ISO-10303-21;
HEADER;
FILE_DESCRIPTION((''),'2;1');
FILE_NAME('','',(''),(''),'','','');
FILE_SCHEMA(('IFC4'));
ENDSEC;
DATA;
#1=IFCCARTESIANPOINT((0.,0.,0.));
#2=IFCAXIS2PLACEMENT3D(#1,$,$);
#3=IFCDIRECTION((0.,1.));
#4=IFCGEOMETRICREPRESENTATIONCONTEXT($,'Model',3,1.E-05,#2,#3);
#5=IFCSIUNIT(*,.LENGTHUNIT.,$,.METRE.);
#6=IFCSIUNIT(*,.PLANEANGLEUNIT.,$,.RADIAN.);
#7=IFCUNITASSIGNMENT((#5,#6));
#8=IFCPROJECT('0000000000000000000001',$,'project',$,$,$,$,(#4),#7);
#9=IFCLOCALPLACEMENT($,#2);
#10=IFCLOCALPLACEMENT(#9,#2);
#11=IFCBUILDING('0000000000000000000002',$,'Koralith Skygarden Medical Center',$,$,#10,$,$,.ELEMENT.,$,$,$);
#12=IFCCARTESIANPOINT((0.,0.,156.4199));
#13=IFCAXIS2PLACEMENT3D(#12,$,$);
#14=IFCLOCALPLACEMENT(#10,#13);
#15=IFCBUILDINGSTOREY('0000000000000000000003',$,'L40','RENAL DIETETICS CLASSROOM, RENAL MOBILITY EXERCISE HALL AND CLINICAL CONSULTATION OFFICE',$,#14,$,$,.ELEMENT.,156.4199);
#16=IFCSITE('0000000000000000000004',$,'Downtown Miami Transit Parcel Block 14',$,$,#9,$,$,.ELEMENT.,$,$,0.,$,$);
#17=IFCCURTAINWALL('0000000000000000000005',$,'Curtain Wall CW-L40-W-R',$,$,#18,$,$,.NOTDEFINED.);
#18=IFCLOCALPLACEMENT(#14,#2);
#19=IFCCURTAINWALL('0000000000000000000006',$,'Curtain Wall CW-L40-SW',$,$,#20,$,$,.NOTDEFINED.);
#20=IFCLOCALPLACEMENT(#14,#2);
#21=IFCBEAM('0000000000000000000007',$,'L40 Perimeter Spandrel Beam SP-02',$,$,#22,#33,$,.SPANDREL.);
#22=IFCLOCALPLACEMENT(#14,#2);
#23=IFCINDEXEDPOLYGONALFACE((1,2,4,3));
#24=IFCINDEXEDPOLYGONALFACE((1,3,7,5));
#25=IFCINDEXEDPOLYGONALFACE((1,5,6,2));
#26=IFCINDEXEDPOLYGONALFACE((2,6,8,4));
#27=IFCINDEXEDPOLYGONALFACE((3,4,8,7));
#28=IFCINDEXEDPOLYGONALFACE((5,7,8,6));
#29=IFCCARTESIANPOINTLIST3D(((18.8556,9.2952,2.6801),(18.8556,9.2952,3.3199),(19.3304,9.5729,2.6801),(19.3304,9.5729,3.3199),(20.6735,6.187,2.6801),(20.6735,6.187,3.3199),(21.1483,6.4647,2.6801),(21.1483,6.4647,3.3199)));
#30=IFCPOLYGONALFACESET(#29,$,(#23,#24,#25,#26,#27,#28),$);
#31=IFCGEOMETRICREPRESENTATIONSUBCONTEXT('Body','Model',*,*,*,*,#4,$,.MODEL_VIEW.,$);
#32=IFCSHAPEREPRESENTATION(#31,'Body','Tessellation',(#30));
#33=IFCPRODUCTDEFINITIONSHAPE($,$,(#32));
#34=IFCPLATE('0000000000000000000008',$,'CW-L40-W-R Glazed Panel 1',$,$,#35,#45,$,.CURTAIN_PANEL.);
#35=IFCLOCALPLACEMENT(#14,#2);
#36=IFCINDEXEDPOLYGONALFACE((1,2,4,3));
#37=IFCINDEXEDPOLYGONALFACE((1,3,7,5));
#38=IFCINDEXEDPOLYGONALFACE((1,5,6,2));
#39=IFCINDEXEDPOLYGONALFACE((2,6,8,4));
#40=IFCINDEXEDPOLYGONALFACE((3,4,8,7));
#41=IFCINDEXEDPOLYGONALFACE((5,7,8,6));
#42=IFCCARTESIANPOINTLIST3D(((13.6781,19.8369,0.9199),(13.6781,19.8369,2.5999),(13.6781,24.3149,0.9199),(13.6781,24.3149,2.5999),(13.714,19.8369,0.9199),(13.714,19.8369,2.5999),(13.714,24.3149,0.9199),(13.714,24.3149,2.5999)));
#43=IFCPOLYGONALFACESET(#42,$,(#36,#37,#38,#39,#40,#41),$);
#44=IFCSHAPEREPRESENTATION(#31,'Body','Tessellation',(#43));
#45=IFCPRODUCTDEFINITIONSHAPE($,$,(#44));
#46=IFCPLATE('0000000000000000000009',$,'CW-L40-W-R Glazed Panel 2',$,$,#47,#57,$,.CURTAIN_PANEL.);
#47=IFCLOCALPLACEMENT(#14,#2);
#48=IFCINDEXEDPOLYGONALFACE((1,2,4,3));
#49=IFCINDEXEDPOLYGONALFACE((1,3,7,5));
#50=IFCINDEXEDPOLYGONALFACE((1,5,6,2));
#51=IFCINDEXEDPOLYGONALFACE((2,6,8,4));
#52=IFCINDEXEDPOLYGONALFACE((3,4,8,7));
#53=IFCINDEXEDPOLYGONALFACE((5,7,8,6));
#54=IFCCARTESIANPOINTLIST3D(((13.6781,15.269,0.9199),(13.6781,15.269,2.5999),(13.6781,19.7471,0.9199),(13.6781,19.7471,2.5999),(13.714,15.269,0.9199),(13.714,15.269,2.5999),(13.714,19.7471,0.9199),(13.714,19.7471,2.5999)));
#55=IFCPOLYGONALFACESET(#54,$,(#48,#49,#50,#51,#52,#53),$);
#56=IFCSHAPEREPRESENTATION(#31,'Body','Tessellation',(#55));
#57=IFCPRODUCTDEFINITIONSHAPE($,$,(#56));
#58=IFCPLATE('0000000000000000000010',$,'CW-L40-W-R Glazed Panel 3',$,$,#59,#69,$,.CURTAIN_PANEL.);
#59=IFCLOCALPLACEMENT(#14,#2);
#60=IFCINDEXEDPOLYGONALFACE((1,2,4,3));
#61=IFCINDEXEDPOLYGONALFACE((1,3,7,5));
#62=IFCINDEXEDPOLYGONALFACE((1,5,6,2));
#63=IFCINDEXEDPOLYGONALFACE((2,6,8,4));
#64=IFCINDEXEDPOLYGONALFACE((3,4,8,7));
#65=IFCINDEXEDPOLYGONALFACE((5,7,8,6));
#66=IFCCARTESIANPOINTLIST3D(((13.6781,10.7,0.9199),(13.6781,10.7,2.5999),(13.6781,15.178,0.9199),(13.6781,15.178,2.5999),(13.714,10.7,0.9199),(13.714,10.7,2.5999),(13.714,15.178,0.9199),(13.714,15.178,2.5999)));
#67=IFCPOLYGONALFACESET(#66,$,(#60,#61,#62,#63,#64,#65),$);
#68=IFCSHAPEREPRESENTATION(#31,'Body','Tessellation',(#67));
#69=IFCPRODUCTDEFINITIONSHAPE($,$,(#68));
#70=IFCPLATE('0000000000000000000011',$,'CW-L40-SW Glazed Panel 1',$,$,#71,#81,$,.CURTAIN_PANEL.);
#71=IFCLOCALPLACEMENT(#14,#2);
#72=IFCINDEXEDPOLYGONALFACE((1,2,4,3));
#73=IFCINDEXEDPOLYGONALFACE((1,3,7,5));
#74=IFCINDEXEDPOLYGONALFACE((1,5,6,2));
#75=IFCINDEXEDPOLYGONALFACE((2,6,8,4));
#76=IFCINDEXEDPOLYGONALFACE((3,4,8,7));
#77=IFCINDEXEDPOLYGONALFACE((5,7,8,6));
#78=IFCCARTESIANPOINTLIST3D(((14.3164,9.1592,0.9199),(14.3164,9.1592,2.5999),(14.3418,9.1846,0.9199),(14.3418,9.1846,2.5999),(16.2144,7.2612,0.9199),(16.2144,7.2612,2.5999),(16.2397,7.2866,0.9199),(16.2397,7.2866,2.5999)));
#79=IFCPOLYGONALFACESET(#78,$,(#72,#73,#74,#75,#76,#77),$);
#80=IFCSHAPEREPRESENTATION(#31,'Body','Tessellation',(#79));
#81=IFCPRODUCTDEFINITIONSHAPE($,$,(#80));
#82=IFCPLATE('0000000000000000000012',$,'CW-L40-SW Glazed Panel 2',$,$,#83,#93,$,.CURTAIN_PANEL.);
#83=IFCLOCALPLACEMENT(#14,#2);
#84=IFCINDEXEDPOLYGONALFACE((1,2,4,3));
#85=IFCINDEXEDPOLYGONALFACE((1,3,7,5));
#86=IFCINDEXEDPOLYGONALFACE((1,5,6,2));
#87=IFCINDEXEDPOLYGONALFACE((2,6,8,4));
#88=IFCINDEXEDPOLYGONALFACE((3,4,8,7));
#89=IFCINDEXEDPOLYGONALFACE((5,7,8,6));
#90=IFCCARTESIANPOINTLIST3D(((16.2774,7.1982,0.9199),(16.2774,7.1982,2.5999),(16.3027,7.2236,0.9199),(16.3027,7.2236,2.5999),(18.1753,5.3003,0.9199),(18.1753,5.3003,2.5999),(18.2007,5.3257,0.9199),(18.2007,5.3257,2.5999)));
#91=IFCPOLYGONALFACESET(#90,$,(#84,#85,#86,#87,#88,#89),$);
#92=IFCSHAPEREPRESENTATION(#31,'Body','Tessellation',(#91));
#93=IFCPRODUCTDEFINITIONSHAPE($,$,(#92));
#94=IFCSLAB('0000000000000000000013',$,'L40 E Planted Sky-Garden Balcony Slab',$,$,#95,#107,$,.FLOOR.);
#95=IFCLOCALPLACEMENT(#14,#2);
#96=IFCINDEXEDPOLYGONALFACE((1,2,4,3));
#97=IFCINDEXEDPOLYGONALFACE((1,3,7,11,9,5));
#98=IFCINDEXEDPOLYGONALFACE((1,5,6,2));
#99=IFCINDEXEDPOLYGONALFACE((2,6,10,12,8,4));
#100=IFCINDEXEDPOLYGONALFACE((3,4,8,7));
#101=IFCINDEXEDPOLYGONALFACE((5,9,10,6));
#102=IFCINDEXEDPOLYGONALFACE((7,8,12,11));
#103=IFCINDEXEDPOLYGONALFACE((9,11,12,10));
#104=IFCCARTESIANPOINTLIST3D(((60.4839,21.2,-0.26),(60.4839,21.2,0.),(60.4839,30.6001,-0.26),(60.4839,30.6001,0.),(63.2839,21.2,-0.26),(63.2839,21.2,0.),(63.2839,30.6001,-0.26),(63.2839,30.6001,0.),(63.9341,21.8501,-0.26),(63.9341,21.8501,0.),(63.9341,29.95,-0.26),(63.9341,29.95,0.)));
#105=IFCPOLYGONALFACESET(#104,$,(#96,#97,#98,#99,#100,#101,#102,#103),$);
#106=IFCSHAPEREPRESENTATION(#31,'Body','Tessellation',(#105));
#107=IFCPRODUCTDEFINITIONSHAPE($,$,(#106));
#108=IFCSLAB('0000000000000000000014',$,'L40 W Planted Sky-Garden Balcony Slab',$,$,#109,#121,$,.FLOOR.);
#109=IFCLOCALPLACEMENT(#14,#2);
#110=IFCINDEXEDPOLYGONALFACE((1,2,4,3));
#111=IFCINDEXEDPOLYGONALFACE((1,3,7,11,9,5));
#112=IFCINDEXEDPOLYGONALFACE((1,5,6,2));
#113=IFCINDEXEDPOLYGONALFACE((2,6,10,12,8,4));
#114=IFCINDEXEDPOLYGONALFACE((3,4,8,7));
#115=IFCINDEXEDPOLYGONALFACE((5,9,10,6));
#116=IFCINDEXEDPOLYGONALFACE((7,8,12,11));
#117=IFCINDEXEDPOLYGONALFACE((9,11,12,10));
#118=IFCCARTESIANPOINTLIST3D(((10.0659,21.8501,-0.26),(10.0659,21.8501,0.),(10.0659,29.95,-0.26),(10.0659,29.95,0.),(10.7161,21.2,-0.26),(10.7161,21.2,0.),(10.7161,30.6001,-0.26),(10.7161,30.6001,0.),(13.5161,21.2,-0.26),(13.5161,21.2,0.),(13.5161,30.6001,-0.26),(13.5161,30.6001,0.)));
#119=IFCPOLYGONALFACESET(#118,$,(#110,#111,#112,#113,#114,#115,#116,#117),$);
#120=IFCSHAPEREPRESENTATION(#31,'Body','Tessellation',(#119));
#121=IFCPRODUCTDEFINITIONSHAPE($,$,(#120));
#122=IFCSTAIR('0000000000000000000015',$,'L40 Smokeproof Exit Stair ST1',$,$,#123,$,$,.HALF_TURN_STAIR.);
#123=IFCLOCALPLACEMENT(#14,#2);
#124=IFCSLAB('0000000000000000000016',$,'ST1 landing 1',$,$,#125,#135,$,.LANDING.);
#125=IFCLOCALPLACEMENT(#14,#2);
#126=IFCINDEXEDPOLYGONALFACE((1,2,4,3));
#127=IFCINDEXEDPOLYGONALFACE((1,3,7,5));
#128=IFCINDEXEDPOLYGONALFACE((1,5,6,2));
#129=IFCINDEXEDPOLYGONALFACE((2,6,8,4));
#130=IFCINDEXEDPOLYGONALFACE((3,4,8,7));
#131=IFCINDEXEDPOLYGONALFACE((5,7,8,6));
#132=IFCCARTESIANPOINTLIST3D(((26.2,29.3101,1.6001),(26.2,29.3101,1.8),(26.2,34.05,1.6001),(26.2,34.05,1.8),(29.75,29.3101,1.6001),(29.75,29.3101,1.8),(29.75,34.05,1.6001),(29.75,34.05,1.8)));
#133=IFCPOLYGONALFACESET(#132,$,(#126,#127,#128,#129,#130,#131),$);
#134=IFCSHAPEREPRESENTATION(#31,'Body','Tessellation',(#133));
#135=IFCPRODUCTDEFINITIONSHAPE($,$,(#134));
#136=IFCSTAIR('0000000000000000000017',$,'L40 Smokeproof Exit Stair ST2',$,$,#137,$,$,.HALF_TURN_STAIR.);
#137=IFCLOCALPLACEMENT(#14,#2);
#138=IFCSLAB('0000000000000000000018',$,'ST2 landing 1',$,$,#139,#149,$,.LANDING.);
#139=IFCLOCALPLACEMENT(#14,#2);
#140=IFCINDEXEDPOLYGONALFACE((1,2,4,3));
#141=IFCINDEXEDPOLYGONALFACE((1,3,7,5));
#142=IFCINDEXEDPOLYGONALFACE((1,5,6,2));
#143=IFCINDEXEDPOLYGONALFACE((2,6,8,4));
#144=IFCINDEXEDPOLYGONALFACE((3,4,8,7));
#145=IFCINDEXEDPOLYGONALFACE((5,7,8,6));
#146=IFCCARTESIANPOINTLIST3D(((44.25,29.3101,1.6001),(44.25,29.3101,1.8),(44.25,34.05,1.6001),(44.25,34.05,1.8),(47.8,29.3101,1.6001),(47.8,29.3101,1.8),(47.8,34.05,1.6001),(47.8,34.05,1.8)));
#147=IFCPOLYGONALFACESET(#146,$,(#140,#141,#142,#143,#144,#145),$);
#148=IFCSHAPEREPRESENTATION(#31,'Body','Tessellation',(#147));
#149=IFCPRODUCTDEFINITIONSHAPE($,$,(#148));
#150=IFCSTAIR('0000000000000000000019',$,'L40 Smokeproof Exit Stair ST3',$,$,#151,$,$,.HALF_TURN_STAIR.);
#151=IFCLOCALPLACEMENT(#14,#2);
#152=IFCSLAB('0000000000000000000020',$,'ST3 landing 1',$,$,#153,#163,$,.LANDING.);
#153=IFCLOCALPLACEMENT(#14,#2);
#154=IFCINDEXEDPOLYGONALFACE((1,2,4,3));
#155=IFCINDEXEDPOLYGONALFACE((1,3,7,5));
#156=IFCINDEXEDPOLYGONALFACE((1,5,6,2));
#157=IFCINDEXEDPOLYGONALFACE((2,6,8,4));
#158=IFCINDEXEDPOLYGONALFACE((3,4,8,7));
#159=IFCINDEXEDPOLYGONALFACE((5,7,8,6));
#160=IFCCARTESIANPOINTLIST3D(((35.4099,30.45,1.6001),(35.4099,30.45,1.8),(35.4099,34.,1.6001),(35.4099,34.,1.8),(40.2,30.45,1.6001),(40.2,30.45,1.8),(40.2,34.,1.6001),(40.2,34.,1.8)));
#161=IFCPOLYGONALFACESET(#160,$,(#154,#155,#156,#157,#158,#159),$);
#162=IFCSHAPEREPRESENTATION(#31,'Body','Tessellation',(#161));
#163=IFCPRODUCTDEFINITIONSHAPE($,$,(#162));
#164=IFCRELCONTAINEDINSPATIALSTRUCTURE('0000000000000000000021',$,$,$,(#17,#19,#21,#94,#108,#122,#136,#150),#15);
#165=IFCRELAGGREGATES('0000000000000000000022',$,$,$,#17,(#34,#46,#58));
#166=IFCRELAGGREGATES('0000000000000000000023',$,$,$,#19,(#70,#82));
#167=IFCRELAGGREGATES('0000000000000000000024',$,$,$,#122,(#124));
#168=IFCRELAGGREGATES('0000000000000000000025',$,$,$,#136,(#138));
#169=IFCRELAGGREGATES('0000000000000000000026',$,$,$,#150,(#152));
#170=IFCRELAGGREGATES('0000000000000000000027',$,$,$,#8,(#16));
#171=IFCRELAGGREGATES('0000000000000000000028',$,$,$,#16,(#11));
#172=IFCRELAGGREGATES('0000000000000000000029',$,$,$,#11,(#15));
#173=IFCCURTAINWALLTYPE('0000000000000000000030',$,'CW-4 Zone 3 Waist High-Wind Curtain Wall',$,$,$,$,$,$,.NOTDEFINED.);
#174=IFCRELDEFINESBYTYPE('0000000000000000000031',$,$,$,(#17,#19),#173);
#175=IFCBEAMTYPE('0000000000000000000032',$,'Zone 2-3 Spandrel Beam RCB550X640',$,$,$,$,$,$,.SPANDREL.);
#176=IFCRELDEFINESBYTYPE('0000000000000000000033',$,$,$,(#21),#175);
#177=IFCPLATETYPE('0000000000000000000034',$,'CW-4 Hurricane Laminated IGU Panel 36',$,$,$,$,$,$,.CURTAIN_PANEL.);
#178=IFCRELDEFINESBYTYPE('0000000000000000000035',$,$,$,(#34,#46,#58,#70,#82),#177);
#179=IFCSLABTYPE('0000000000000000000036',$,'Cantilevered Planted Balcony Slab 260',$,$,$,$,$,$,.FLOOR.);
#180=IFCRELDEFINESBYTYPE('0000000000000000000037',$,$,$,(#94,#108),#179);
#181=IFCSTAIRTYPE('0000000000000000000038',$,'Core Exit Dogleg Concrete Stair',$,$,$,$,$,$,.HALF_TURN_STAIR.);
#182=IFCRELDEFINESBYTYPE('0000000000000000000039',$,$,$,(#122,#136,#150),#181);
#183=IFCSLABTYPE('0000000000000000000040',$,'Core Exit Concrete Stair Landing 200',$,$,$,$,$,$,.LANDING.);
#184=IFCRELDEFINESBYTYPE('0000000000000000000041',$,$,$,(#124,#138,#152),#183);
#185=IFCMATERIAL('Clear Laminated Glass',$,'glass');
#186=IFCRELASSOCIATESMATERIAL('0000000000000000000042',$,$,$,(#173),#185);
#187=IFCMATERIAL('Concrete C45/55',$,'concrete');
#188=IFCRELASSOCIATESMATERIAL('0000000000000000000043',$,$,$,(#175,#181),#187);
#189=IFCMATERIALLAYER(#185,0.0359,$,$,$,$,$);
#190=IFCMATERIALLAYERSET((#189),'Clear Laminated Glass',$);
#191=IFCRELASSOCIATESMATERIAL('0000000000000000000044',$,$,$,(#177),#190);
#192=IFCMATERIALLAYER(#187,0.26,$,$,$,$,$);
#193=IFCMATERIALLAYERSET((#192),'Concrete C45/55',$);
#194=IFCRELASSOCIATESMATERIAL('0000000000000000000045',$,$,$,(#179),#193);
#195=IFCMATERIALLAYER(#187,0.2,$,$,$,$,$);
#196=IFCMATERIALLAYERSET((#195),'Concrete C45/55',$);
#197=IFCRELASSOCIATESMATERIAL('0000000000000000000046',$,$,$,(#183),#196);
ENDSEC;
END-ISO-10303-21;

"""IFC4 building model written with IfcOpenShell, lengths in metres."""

from ifc_helpers import new_model, si_unit, direction, frame, origin, origin_2d, place, context, subcontext, project, spatial, polyline, rectangle, outline, extrude, material, layer, layer_set, material_profile, profile_set, type_object, element, aggregate, save


model = new_model("IFC4")

# Units and contexts
model_context = context("Model", 3, precision=1e-05, world=origin(), true_north=direction((0.0, 1.0)))
body_context = subcontext(model_context, "Body", "Model", "MODEL_VIEW")
ifc_project = project(units=[si_unit("LENGTHUNIT", "METRE"), si_unit("PLANEANGLEUNIT", "RADIAN")], contexts=[model_context])

# Site, building, storey
site_placement = place(None, origin())
site = spatial("IfcSite", under=ifc_project, at=site_placement, Name="Downtown Miami Transit Parcel Block 14", CompositionType="ELEMENT", RefElevation=0.0)
building_placement = place(site_placement, origin())
building = spatial("IfcBuilding", under=site, at=building_placement, Name="Koralith Skygarden Medical Center", CompositionType="ELEMENT")
storey_placement = place(building_placement, frame((0.0, 0.0, 156.4199)))
storey = spatial("IfcBuildingStorey", under=building, at=storey_placement, Name="L40", Description="RENAL DIETETICS CLASSROOM, RENAL MOBILITY EXERCISE HALL AND CLINICAL CONSULTATION OFFICE", CompositionType="ELEMENT", Elevation=156.4199)

# Curtain walls
ifc_material_1 = material(Name="Clear Laminated Glass", Category="glass")
curtain_wall_type = type_object("IfcCurtainWallType", Name="CW-4 Zone 3 Waist High-Wind Curtain Wall", PredefinedType="NOTDEFINED", material=ifc_material_1)
curtain_wall_1_placement = place(storey_placement, origin())
curtain_wall_1 = element("IfcCurtainWall", 1, at=curtain_wall_1_placement, inside=storey, type_object=curtain_wall_type, Name="Curtain Wall CW-L40-W-R", PredefinedType="NOTDEFINED")
curtain_wall_2_placement = place(storey_placement, origin())
curtain_wall_2 = element("IfcCurtainWall", 2, at=curtain_wall_2_placement, inside=storey, type_object=curtain_wall_type, Name="Curtain Wall CW-L40-SW", PredefinedType="NOTDEFINED")

# Beam
ifc_material_2 = material(Name="Concrete C45/55", Category="concrete")
ifc_material_profile_1 = material_profile(ifc_material_2, rectangle(XDim=0.55, YDim=0.6399, at=origin_2d()), Name="RCB550X640")
ifc_profile_set_1 = profile_set([ifc_material_profile_1], Name="Concrete C45/55")
beam_type = type_object("IfcBeamType", Name="Zone 2-3 Spandrel Beam RCB550X640", PredefinedType="SPANDREL", material=ifc_profile_set_1)
beam_1_placement = place(storey_placement, frame((19.093, 9.4341, 3.0), z_axis=(0.504861, -0.8632, 0.0), x_axis=(0.8632, 0.504861, 0.0)))
element("IfcBeam", 3, at=beam_1_placement, inside=storey, type_object=beam_type, Name="L40 Perimeter Spandrel Beam SP-02", PredefinedType="SPANDREL", context=body_context, shape_type="SweptSolid", body=[
    extrude(rectangle(XDim=0.55, YDim=0.6399, at=origin_2d()), origin(), (0.0, 0.0, 1.0), 3.6008),
])

# Plates
ifc_layer_1 = layer(ifc_material_1, 0.0359)
ifc_layer_set_1 = layer_set([ifc_layer_1], Name="Clear Laminated Glass")
plate_type_1 = type_object("IfcPlateType", Name="CW-4 Hurricane Laminated IGU Panel 36", PredefinedType="CURTAIN_PANEL", material=ifc_layer_set_1)
plate_1_placement = place(storey_placement, frame((13.696, 22.0759, 0.9199), z_axis=(0.0, 0.0, 1.0), x_axis=(0.0, -1.0, 0.0)))
plate_1 = element("IfcPlate", 4, at=plate_1_placement, type_object=plate_type_1, Name="CW-L40-W-R Glazed Panel 1", PredefinedType="CURTAIN_PANEL", context=body_context, shape_type="SweptSolid", body=[
    extrude(rectangle(XDim=4.478, YDim=0.0359, at=origin_2d()), origin(), (0.0, 0.0, 1.0), 1.6799),
])
plate_2_placement = place(storey_placement, frame((13.696, 17.5081, 0.9199), z_axis=(0.0, 0.0, 1.0), x_axis=(0.0, -1.0, 0.0)))
plate_2 = element("IfcPlate", 5, at=plate_2_placement, type_object=plate_type_1, Name="CW-L40-W-R Glazed Panel 2", PredefinedType="CURTAIN_PANEL", context=body_context, shape_type="SweptSolid", body=[
    extrude(rectangle(XDim=4.478, YDim=0.0359, at=origin_2d()), origin(), (0.0, 0.0, 1.0), 1.6799),
])
plate_3_placement = place(storey_placement, frame((13.696, 12.939, 0.9199), z_axis=(0.0, 0.0, 1.0), x_axis=(0.0, -1.0, 0.0)))
plate_3 = element("IfcPlate", 6, at=plate_3_placement, type_object=plate_type_1, Name="CW-L40-W-R Glazed Panel 3", PredefinedType="CURTAIN_PANEL", context=body_context, shape_type="SweptSolid", body=[
    extrude(rectangle(XDim=4.478, YDim=0.0359, at=origin_2d()), origin(), (0.0, 0.0, 1.0), 1.6799),
])
aggregate(curtain_wall_1, [plate_1, plate_2, plate_3])
plate_4_placement = place(storey_placement, frame((15.2781, 8.2229, 0.9199), z_axis=(0.0, 0.0, 1.0), x_axis=(0.707107, -0.707107, 0.0)))
plate_4 = element("IfcPlate", 7, at=plate_4_placement, type_object=plate_type_1, Name="CW-L40-SW Glazed Panel 1", PredefinedType="CURTAIN_PANEL", context=body_context, shape_type="SweptSolid", body=[
    extrude(rectangle(XDim=2.6841, YDim=0.0359, at=origin_2d()), origin(), (0.0, 0.0, 1.0), 1.6799),
])
plate_5_placement = place(storey_placement, frame((17.239, 6.262, 0.9199), z_axis=(0.0, 0.0, 1.0), x_axis=(0.707107, -0.707107, 0.0)))
plate_5 = element("IfcPlate", 8, at=plate_5_placement, type_object=plate_type_1, Name="CW-L40-SW Glazed Panel 2", PredefinedType="CURTAIN_PANEL", context=body_context, shape_type="SweptSolid", body=[
    extrude(rectangle(XDim=2.6841, YDim=0.0359, at=origin_2d()), origin(), (0.0, 0.0, 1.0), 1.6799),
])
aggregate(curtain_wall_2, [plate_4, plate_5])

# Slabs
ifc_layer_2 = layer(ifc_material_2, 0.26)
ifc_layer_set_2 = layer_set([ifc_layer_2], Name="Concrete C45/55")
slab_type_1 = type_object("IfcSlabType", Name="Cantilevered Planted Balcony Slab 260", PredefinedType="FLOOR", material=ifc_layer_set_2)
slab_1_placement = place(storey_placement, frame((0.0, 0.0, -0.26)))
element("IfcSlab", 9, at=slab_1_placement, inside=storey, type_object=slab_type_1, Name="L40 E Planted Sky-Garden Balcony Slab", PredefinedType="FLOOR", context=body_context, shape_type="SweptSolid", body=[
    extrude(outline(polyline([(60.4839, 21.2), (63.2839, 21.2), (63.9341, 21.8501), (63.9341, 29.95), (63.2839, 30.6001), (60.4839, 30.6001), (60.4839, 21.2)])), origin(), (0.0, 0.0, 1.0), 0.26),
])
slab_2_placement = place(storey_placement, frame((0.0, 0.0, -0.26)))
element("IfcSlab", 10, at=slab_2_placement, inside=storey, type_object=slab_type_1, Name="L40 W Planted Sky-Garden Balcony Slab", PredefinedType="FLOOR", context=body_context, shape_type="SweptSolid", body=[
    extrude(outline(polyline([(10.7161, 21.2), (13.5161, 21.2), (13.5161, 30.6001), (10.7161, 30.6001), (10.0659, 29.95), (10.0659, 21.8501), (10.7161, 21.2)])), origin(), (0.0, 0.0, 1.0), 0.26),
])

# Stairs, slabs
stair_type = type_object("IfcStairType", Name="Core Exit Dogleg Concrete Stair", PredefinedType="HALF_TURN_STAIR", material=ifc_material_2)
stair_1_placement = place(storey_placement, origin())
stair_1 = element("IfcStair", 11, at=stair_1_placement, inside=storey, type_object=stair_type, Name="L40 Smokeproof Exit Stair ST1", PredefinedType="HALF_TURN_STAIR")
ifc_layer_3 = layer(ifc_material_2, 0.2)
ifc_layer_set_3 = layer_set([ifc_layer_3], Name="Concrete C45/55")
slab_type_2 = type_object("IfcSlabType", Name="Core Exit Concrete Stair Landing 200", PredefinedType="LANDING", material=ifc_layer_set_3)
slab_3_placement = place(storey_placement, frame((0.0, 0.0, 1.6001)))
slab_3 = element("IfcSlab", 12, at=slab_3_placement, type_object=slab_type_2, Name="ST1 landing 1", PredefinedType="LANDING", context=body_context, shape_type="SweptSolid", body=[
    extrude(outline(polyline([(29.75, 29.3101), (29.75, 34.05), (26.2, 34.05), (26.2, 29.3101), (29.75, 29.3101)])), origin(), (0.0, 0.0, 1.0), 0.2),
])
aggregate(stair_1, [slab_3])
stair_2_placement = place(storey_placement, origin())
stair_2 = element("IfcStair", 13, at=stair_2_placement, inside=storey, type_object=stair_type, Name="L40 Smokeproof Exit Stair ST2", PredefinedType="HALF_TURN_STAIR")
slab_4_placement = place(storey_placement, frame((0.0, 0.0, 1.6001)))
slab_4 = element("IfcSlab", 14, at=slab_4_placement, type_object=slab_type_2, Name="ST2 landing 1", PredefinedType="LANDING", context=body_context, shape_type="SweptSolid", body=[
    extrude(outline(polyline([(47.8, 29.3101), (47.8, 34.05), (44.25, 34.05), (44.25, 29.3101), (47.8, 29.3101)])), origin(), (0.0, 0.0, 1.0), 0.2),
])
aggregate(stair_2, [slab_4])
stair_3_placement = place(storey_placement, origin())
stair_3 = element("IfcStair", 15, at=stair_3_placement, inside=storey, type_object=stair_type, Name="L40 Smokeproof Exit Stair ST3", PredefinedType="HALF_TURN_STAIR")
slab_5_placement = place(storey_placement, frame((0.0, 0.0, 1.6001)))
slab_5 = element("IfcSlab", 16, at=slab_5_placement, type_object=slab_type_2, Name="ST3 landing 1", PredefinedType="LANDING", context=body_context, shape_type="SweptSolid", body=[
    extrude(outline(polyline([(35.4099, 30.45), (40.2, 30.45), (40.2, 34.0), (35.4099, 34.0), (35.4099, 30.45)])), origin(), (0.0, 0.0, 1.0), 0.2),
])
aggregate(stair_3, [slab_5])

save(model, "model.ifc")
